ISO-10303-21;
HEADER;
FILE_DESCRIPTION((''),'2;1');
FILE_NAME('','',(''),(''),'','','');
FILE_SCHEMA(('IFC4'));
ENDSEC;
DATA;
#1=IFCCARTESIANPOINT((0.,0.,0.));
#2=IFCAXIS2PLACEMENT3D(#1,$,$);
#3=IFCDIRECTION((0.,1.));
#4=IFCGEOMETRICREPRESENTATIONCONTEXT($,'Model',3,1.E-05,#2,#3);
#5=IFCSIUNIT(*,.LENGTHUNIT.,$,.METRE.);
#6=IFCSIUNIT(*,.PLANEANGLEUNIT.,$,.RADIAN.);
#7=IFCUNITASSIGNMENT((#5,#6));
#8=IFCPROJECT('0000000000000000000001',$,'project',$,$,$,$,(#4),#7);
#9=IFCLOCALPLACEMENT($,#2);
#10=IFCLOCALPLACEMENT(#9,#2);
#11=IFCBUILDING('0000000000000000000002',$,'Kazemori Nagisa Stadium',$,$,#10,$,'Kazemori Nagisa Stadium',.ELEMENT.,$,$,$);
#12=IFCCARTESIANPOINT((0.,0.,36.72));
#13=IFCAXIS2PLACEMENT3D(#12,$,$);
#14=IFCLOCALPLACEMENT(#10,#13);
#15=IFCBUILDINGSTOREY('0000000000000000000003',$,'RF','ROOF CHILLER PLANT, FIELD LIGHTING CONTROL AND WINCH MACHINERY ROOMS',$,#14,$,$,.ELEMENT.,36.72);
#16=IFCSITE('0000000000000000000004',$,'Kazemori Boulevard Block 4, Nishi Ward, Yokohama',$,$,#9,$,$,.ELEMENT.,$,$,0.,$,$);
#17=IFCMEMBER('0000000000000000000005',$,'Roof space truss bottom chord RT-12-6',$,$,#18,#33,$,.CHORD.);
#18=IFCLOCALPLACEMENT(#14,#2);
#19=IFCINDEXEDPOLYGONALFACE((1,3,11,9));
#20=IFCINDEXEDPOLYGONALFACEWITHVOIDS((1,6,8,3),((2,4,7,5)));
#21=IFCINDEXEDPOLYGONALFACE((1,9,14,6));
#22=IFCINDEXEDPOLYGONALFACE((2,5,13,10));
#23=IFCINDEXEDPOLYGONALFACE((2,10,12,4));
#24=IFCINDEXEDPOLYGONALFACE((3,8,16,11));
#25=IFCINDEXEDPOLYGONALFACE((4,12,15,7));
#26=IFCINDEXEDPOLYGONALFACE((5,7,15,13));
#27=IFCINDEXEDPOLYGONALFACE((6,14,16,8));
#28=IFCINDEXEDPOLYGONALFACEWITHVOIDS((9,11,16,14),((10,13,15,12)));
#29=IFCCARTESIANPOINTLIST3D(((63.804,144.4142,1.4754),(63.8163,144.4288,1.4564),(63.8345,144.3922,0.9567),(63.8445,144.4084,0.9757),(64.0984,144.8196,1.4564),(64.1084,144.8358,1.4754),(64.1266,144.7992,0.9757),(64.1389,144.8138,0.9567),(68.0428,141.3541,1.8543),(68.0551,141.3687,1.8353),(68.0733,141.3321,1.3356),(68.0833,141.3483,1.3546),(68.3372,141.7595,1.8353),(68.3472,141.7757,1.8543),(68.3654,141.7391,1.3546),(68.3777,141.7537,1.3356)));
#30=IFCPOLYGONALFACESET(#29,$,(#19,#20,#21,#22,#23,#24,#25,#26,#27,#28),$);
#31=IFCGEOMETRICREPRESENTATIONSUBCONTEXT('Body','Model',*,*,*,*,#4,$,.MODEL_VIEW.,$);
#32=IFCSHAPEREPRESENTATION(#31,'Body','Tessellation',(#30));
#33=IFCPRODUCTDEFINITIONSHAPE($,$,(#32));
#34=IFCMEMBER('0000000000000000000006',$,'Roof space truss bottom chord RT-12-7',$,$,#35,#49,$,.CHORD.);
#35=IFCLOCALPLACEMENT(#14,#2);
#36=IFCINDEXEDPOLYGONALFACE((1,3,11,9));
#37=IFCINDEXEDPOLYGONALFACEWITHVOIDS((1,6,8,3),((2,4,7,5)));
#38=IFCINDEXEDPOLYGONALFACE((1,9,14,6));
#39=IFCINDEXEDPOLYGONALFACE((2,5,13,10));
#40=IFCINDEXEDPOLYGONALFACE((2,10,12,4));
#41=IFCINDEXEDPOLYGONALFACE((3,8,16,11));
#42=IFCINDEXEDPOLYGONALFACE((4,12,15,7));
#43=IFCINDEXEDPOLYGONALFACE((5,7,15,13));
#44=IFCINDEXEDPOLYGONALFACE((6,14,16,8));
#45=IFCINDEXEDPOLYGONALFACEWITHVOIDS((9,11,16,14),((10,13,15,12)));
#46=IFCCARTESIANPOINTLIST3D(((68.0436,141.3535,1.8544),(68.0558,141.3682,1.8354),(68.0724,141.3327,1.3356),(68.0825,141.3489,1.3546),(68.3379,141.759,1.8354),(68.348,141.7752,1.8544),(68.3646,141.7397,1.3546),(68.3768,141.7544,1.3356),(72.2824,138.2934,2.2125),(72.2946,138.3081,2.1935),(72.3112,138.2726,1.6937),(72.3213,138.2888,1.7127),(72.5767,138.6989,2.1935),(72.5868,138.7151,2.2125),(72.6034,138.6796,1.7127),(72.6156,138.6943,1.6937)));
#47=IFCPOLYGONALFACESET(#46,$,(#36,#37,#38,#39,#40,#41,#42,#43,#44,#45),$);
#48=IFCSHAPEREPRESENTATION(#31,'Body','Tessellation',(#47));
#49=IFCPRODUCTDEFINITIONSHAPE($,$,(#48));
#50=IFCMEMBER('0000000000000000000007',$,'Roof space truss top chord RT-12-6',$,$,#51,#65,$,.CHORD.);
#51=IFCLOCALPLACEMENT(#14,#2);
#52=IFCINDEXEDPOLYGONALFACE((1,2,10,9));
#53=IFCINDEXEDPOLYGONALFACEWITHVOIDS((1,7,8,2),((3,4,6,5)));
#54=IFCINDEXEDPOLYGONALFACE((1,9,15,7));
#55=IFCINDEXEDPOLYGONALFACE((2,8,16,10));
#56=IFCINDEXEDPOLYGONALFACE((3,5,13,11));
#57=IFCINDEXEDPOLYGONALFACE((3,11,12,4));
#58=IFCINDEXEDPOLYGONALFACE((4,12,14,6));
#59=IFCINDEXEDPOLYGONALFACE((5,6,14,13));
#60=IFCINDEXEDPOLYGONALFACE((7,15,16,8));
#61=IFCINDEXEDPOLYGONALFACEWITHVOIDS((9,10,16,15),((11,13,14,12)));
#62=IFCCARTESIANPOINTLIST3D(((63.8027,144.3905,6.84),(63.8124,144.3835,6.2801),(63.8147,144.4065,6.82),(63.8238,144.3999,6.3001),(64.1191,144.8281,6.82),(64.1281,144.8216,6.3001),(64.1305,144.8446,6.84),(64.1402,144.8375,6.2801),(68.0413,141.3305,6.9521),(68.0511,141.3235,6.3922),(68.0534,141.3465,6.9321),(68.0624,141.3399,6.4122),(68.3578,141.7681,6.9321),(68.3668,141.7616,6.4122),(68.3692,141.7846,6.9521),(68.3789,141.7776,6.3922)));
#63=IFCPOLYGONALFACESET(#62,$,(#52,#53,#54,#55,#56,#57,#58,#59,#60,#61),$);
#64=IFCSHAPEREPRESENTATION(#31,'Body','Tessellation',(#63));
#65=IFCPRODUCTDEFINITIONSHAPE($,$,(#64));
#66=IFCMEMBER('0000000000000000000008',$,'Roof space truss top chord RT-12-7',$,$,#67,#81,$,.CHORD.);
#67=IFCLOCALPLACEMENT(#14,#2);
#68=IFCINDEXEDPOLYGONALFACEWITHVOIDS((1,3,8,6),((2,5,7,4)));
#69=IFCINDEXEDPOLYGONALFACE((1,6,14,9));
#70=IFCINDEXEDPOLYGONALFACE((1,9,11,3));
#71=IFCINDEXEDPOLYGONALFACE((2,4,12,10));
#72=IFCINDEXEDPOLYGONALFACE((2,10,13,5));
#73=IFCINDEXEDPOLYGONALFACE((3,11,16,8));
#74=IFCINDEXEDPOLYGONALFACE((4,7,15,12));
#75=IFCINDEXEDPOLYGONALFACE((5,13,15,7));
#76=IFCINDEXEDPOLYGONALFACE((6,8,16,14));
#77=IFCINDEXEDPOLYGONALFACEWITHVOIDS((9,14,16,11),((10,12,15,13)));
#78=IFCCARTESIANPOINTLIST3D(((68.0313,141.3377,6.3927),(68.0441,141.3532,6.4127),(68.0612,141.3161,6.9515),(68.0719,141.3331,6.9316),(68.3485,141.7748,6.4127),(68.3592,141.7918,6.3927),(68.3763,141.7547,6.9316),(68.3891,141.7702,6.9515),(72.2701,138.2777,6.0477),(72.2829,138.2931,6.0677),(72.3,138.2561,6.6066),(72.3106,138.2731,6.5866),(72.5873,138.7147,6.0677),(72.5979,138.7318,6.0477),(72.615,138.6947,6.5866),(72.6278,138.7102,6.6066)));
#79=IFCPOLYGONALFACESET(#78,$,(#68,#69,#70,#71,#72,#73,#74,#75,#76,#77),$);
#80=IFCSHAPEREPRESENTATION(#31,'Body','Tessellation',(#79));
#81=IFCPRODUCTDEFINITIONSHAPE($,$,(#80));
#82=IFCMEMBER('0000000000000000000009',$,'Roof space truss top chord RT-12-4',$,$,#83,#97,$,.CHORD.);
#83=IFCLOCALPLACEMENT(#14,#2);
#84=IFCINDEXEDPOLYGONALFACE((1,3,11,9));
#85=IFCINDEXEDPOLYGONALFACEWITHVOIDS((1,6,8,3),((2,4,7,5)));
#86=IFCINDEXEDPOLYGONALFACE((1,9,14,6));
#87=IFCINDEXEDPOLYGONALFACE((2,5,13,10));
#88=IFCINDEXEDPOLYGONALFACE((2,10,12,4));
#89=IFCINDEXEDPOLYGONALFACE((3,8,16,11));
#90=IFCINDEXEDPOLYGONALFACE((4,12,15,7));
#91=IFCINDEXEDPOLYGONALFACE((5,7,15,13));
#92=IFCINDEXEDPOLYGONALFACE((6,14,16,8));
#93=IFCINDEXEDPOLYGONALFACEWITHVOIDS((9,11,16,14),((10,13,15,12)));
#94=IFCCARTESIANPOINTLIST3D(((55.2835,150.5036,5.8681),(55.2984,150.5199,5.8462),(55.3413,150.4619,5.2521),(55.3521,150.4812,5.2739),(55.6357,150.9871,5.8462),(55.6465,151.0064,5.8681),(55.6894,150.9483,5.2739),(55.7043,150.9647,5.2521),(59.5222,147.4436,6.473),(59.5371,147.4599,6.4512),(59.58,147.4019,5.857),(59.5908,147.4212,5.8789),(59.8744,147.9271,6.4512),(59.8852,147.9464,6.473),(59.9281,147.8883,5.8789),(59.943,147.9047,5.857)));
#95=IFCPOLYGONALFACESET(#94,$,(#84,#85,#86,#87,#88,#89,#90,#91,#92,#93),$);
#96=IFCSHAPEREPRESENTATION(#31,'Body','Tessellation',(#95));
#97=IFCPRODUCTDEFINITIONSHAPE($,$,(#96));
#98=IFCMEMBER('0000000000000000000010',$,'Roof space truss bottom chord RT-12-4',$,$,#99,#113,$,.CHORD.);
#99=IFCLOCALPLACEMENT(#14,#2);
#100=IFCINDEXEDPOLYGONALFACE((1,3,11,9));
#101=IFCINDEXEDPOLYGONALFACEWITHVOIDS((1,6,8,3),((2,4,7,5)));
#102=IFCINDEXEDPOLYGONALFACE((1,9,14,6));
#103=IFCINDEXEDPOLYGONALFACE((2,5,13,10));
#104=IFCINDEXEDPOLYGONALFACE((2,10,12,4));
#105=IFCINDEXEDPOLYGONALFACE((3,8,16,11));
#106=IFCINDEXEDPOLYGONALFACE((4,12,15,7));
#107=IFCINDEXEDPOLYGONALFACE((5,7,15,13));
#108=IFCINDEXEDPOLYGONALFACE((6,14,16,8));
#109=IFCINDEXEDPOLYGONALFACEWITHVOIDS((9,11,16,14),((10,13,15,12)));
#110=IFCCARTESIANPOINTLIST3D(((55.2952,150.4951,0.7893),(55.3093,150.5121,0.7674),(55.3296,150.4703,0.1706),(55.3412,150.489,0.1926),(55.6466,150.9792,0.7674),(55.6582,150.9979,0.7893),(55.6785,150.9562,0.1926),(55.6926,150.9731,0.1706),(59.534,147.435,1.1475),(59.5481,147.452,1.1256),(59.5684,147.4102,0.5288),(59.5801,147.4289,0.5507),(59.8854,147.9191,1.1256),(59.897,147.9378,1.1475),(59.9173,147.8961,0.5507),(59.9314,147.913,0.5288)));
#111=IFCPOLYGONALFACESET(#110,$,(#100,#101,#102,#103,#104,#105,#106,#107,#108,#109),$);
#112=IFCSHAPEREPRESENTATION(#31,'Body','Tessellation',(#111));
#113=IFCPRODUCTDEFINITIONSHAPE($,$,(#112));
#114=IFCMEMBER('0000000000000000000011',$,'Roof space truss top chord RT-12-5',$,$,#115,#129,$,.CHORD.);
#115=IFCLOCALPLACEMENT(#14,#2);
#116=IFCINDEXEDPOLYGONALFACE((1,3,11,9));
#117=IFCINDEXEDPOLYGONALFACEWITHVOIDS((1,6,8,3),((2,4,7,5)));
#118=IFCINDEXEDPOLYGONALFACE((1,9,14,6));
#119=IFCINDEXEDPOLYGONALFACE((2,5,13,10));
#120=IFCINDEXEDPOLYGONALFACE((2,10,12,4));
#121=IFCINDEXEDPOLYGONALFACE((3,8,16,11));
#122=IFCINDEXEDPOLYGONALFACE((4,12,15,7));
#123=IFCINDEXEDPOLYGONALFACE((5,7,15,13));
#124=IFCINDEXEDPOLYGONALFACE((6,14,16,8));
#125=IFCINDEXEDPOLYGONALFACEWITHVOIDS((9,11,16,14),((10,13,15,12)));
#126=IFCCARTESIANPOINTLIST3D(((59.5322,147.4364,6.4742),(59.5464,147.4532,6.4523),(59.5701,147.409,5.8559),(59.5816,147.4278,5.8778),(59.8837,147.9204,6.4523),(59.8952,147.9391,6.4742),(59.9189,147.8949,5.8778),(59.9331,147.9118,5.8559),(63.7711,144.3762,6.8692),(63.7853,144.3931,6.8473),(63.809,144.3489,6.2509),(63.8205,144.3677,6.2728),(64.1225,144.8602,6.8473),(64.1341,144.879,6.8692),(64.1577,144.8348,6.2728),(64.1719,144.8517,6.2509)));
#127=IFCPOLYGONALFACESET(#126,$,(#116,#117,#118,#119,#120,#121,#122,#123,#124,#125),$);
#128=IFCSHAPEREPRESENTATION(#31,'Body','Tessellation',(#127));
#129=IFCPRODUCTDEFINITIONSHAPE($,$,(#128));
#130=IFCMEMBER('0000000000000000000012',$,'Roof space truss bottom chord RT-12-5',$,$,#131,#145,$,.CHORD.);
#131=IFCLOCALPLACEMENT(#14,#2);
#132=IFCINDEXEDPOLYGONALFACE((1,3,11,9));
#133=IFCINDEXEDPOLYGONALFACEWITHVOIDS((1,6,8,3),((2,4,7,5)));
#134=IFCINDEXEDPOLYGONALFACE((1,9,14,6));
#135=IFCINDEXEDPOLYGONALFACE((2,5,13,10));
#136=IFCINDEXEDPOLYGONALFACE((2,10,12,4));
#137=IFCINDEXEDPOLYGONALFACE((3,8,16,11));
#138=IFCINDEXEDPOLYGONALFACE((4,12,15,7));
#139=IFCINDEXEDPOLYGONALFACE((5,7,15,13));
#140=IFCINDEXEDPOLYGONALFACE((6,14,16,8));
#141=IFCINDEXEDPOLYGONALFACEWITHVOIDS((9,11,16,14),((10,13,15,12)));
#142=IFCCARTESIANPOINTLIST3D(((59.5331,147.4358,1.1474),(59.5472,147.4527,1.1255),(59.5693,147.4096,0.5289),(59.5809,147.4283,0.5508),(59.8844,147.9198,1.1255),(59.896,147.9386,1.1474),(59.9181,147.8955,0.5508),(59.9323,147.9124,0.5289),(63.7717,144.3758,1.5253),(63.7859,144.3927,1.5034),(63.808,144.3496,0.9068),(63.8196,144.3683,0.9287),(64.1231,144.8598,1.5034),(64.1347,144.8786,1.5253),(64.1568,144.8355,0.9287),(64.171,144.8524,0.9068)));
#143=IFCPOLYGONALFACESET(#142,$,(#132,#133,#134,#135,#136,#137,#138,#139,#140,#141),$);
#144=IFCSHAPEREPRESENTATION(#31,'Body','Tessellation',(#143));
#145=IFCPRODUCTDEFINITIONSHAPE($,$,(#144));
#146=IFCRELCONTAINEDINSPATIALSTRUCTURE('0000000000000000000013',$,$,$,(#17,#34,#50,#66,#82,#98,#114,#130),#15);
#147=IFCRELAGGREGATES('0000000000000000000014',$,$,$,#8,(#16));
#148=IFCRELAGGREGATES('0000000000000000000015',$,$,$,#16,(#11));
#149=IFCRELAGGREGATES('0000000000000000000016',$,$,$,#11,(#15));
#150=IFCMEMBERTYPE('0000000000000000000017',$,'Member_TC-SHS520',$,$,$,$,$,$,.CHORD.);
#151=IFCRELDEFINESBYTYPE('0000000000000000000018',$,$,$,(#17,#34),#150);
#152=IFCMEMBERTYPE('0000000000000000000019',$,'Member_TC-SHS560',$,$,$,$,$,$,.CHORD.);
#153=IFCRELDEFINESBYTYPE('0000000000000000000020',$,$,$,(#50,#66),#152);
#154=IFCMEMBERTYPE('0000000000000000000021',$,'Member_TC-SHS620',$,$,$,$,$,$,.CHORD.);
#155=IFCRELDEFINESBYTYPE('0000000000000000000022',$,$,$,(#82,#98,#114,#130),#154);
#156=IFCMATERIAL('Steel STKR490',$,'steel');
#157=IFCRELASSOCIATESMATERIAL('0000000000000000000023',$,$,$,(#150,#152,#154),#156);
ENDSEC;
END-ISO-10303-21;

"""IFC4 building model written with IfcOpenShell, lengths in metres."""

from ifc_helpers import new_model, si_unit, direction, frame, origin, origin_2d, place, context, subcontext, project, spatial, hollow_rectangle, extrude, material, material_profile, profile_set, type_object, element, save


model = new_model("IFC4")

# Units and contexts
model_context = context("Model", 3, precision=1e-05, world=origin(), true_north=direction((0.0, 1.0)))
body_context = subcontext(model_context, "Body", "Model", "MODEL_VIEW")
ifc_project = project(units=[si_unit("LENGTHUNIT", "METRE"), si_unit("PLANEANGLEUNIT", "RADIAN")], contexts=[model_context])

# Site, building, storey
site_placement = place(None, origin())
site = spatial("IfcSite", under=ifc_project, at=site_placement, Name="Kazemori Boulevard Block 4, Nishi Ward, Yokohama", CompositionType="ELEMENT", RefElevation=0.0)
building_placement = place(site_placement, origin())
building = spatial("IfcBuilding", under=site, at=building_placement, Name="Kazemori Nagisa Stadium", LongName="Kazemori Nagisa Stadium", CompositionType="ELEMENT")
storey_placement = place(building_placement, frame((0.0, 0.0, 36.72)))
storey = spatial("IfcBuildingStorey", under=building, at=storey_placement, Name="RF", Description="ROOF CHILLER PLANT, FIELD LIGHTING CONTROL AND WINCH MACHINERY ROOMS", CompositionType="ELEMENT", Elevation=36.72)

# Members
ifc_material_1 = material(Name="Steel STKR490", Category="steel")
ifc_material_profile_1 = material_profile(ifc_material_1, hollow_rectangle(XDim=0.52, YDim=0.52, WallThickness=0.019, at=origin_2d()), Name="SHS-520x520x19")
ifc_profile_set_1 = profile_set([ifc_material_profile_1], Name="Steel STKR490")
member_type_1 = type_object("IfcMemberType", Name="Member_TC-SHS520", PredefinedType="CHORD", material=ifc_profile_set_1)
member_1_placement = place(storey_placement, frame((63.9714, 144.614, 1.2161), z_axis=(0.808674, -0.583799, 0.072288), x_axis=(0.58533, 0.810795, 0.0)))
element("IfcMember", 1, at=member_1_placement, inside=storey, type_object=member_type_1, Name="Roof space truss bottom chord RT-12-6", PredefinedType="CHORD", context=body_context, shape_type="SweptSolid", body=[
    extrude(hollow_rectangle(XDim=0.52, YDim=0.52, WallThickness=0.019, at=origin_2d()), origin(), (0.0, 0.0, 1.0), 5.2417),
])
member_2_placement = place(storey_placement, frame((68.2102, 141.554, 1.595), z_axis=(0.808899, -0.583962, 0.068348), x_axis=(0.58533, 0.810795, 0.0)))
element("IfcMember", 2, at=member_2_placement, inside=storey, type_object=member_type_1, Name="Roof space truss bottom chord RT-12-7", PredefinedType="CHORD", context=body_context, shape_type="SweptSolid", body=[
    extrude(hollow_rectangle(XDim=0.52, YDim=0.52, WallThickness=0.019, at=origin_2d()), origin(), (0.0, 0.0, 1.0), 5.2402),
])
ifc_material_profile_2 = material_profile(ifc_material_1, hollow_rectangle(XDim=0.5601, YDim=0.5601, WallThickness=0.02, at=origin_2d()), Name="SHS-560x560x20")
ifc_profile_set_2 = profile_set([ifc_material_profile_2], Name="Steel STKR490")
member_type_2 = type_object("IfcMemberType", Name="Member_TC-SHS560", PredefinedType="CHORD", material=ifc_profile_set_2)
member_3_placement = place(storey_placement, frame((63.9714, 144.614, 6.5601), z_axis=(0.810609, -0.585196, 0.02143), x_axis=(0.58533, 0.810795, 0.0)))
element("IfcMember", 3, at=member_3_placement, inside=storey, type_object=member_type_2, Name="Roof space truss top chord RT-12-6", PredefinedType="CHORD", context=body_context, shape_type="SweptSolid", body=[
    extrude(hollow_rectangle(XDim=0.5601, YDim=0.5601, WallThickness=0.02, at=origin_2d()), origin(), (0.0, 0.0, 1.0), 5.229),
])
member_4_placement = place(storey_placement, frame((68.2102, 141.554, 6.6721), z_axis=(0.809036, -0.58406, -0.065843), x_axis=(0.58533, 0.810795, 0.0)))
element("IfcMember", 4, at=member_4_placement, inside=storey, type_object=member_type_2, Name="Roof space truss top chord RT-12-7", PredefinedType="CHORD", context=body_context, shape_type="SweptSolid", body=[
    extrude(hollow_rectangle(XDim=0.5601, YDim=0.5601, WallThickness=0.02, at=origin_2d()), origin(), (0.0, 0.0, 1.0), 5.2393),
])
ifc_material_profile_3 = material_profile(ifc_material_1, hollow_rectangle(XDim=0.6201, YDim=0.6201, WallThickness=0.022, at=origin_2d()), Name="SHS-620x620x22")
ifc_profile_set_3 = profile_set([ifc_material_profile_3], Name="Steel STKR490")
member_type_3 = type_object("IfcMemberType", Name="Member_TC-SHS620", PredefinedType="CHORD", material=ifc_profile_set_3)
member_5_placement = place(storey_placement, frame((55.4939, 150.7341, 5.5601), z_axis=(0.80542, -0.58145, 0.114954), x_axis=(0.58533, 0.810795, 0.0)))
element("IfcMember", 5, at=member_5_placement, inside=storey, type_object=member_type_3, Name="Roof space truss top chord RT-12-4", PredefinedType="CHORD", context=body_context, shape_type="SweptSolid", body=[
    extrude(hollow_rectangle(XDim=0.6201, YDim=0.6201, WallThickness=0.022, at=origin_2d()), origin(), (0.0, 0.0, 1.0), 5.2627),
])
member_6_placement = place(storey_placement, frame((55.4939, 150.7341, 0.48), z_axis=(0.808899, -0.583962, 0.068348), x_axis=(0.58533, 0.810795, 0.0)))
element("IfcMember", 6, at=member_6_placement, inside=storey, type_object=member_type_3, Name="Roof space truss bottom chord RT-12-4", PredefinedType="CHORD", context=body_context, shape_type="SweptSolid", body=[
    extrude(hollow_rectangle(XDim=0.6201, YDim=0.6201, WallThickness=0.022, at=origin_2d()), origin(), (0.0, 0.0, 1.0), 5.2402),
])
member_7_placement = place(storey_placement, frame((59.7327, 147.6741, 6.165), z_axis=(0.80849, -0.583666, 0.075345), x_axis=(0.58533, 0.810795, 0.0)))
element("IfcMember", 7, at=member_7_placement, inside=storey, type_object=member_type_3, Name="Roof space truss top chord RT-12-5", PredefinedType="CHORD", context=body_context, shape_type="SweptSolid", body=[
    extrude(hollow_rectangle(XDim=0.6201, YDim=0.6201, WallThickness=0.022, at=origin_2d()), origin(), (0.0, 0.0, 1.0), 5.2429),
])
member_8_placement = place(storey_placement, frame((59.7327, 147.6741, 0.8381), z_axis=(0.808685, -0.583807, 0.072103), x_axis=(0.58533, 0.810795, 0.0)))
element("IfcMember", 8, at=member_8_placement, inside=storey, type_object=member_type_3, Name="Roof space truss bottom chord RT-12-5", PredefinedType="CHORD", context=body_context, shape_type="SweptSolid", body=[
    extrude(hollow_rectangle(XDim=0.6201, YDim=0.6201, WallThickness=0.022, at=origin_2d()), origin(), (0.0, 0.0, 1.0), 5.2415),
])

save(model, "model.ifc")
